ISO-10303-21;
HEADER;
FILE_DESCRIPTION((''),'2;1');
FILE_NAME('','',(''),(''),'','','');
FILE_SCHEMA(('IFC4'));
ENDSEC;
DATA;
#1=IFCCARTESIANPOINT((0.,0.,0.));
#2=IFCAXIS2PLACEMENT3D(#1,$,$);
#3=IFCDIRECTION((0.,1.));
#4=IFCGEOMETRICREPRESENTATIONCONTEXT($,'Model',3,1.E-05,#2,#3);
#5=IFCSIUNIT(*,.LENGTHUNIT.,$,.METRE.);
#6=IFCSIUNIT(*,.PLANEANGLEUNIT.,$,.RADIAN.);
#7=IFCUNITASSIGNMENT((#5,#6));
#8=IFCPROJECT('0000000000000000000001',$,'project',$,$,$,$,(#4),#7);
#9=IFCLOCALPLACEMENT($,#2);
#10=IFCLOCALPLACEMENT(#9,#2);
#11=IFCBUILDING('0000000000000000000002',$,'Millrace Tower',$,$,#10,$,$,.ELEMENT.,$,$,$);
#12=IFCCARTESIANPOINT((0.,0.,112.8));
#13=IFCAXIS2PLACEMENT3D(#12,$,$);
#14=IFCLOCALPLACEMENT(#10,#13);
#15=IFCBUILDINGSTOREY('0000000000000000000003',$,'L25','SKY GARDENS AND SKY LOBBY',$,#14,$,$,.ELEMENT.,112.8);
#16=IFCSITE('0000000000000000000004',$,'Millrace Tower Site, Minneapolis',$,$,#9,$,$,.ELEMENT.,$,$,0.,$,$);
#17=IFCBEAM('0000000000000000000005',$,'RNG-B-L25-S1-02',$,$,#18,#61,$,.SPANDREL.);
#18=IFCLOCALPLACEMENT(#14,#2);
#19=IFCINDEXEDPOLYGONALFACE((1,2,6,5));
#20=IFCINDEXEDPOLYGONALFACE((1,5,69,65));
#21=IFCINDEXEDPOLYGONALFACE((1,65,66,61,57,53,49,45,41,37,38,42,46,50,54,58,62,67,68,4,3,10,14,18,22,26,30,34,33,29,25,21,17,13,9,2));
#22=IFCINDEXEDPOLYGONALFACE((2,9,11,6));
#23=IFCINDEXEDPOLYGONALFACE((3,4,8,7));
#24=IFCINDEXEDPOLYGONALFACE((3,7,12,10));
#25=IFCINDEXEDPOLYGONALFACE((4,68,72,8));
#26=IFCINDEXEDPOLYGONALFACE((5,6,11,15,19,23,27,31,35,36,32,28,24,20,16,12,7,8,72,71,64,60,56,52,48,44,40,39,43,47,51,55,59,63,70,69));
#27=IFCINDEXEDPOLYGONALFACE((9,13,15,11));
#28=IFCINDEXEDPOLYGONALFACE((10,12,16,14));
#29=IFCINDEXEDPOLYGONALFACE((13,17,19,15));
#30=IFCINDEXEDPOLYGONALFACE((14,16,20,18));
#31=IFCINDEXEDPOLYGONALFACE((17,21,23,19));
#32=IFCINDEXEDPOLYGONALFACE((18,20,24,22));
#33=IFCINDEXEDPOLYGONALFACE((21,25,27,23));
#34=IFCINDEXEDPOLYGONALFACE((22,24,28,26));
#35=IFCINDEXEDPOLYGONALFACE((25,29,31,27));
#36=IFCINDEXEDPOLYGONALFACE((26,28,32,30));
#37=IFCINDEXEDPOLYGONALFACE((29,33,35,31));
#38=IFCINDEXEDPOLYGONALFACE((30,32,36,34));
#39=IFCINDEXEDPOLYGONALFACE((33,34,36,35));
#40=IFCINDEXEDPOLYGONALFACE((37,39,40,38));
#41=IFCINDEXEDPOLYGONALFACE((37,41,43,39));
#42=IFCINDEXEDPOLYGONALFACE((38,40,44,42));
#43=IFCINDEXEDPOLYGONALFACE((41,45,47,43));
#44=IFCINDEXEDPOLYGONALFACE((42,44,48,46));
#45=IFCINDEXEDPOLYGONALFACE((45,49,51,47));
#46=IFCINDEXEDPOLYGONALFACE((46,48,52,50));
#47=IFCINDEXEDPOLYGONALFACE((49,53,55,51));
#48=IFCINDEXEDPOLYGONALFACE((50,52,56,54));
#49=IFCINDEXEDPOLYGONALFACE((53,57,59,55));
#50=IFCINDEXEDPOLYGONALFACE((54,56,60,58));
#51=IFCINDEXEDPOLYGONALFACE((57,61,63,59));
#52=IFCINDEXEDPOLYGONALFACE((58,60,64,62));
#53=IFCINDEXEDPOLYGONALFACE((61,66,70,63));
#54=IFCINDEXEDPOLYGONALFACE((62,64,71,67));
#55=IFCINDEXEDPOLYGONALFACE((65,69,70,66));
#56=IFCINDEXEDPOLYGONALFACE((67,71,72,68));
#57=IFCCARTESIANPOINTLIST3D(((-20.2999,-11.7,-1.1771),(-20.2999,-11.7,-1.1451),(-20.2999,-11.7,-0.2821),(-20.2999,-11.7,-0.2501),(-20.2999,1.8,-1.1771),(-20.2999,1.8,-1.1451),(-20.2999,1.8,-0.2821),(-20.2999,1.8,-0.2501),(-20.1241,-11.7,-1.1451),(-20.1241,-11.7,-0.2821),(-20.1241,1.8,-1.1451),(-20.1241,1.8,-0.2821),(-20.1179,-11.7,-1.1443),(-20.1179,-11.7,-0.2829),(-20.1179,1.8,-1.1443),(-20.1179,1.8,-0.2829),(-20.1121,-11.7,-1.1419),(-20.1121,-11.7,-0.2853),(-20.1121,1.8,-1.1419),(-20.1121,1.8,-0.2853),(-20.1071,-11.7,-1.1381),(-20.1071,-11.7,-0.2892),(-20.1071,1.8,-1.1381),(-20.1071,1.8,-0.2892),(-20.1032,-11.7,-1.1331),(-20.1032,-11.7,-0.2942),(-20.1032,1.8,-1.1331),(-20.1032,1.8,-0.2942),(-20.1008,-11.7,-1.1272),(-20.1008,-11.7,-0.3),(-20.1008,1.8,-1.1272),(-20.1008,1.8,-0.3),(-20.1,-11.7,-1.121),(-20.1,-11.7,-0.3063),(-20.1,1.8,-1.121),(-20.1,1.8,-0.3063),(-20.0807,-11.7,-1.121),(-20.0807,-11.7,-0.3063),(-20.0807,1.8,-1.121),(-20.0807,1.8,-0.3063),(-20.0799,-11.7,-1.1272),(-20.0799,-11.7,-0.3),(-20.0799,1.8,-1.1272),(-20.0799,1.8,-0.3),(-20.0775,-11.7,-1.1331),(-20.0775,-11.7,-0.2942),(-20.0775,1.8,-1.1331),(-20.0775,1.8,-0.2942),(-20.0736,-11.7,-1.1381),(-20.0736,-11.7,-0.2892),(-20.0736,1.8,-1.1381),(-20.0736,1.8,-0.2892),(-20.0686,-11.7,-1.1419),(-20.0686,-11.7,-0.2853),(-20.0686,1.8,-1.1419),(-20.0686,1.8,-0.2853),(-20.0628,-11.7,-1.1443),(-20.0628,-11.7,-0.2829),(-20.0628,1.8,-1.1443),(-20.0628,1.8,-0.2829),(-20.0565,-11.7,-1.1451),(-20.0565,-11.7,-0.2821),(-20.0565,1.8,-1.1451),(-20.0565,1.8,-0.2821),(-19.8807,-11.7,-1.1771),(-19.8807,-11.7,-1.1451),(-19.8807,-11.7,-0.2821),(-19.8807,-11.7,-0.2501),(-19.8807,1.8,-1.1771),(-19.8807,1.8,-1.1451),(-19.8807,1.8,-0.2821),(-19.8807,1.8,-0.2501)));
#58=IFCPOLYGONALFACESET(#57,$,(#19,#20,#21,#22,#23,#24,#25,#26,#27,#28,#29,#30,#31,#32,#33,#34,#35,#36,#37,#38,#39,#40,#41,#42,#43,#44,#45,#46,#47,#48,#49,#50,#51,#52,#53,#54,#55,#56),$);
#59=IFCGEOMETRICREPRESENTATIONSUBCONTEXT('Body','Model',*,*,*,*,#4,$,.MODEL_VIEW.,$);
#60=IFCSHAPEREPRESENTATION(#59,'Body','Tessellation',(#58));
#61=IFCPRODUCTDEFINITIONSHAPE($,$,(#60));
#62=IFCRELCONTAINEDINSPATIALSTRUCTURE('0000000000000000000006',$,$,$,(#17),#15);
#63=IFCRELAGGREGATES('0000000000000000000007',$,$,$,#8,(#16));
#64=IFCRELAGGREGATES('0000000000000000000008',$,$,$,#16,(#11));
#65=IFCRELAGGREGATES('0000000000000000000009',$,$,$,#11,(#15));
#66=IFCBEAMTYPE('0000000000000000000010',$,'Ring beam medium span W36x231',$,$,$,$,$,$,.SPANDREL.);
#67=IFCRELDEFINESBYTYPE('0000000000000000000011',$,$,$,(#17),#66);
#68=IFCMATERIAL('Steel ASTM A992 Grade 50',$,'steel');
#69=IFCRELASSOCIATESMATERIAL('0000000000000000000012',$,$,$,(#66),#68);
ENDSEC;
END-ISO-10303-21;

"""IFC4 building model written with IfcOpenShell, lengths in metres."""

from ifc_helpers import new_model, si_unit, direction, frame, origin, origin_2d, place, context, subcontext, project, spatial, i_section, extrude, material, material_profile, profile_set, type_object, element, save


model = new_model("IFC4")

# Units and contexts
model_context = context("Model", 3, precision=1e-05, world=origin(), true_north=direction((0.0, 1.0)))
body_context = subcontext(model_context, "Body", "Model", "MODEL_VIEW")
ifc_project = project(units=[si_unit("LENGTHUNIT", "METRE"), si_unit("PLANEANGLEUNIT", "RADIAN")], contexts=[model_context])

# Site, building, storey
site_placement = place(None, origin())
site = spatial("IfcSite", under=ifc_project, at=site_placement, Name="Millrace Tower Site, Minneapolis", CompositionType="ELEMENT", RefElevation=0.0)
building_placement = place(site_placement, origin())
building = spatial("IfcBuilding", under=site, at=building_placement, Name="Millrace Tower", CompositionType="ELEMENT")
storey_placement = place(building_placement, frame((0.0, 0.0, 112.8)))
storey = spatial("IfcBuildingStorey", under=building, at=storey_placement, Name="L25", Description="SKY GARDENS AND SKY LOBBY", CompositionType="ELEMENT", Elevation=112.8)

# Beam
ifc_material_1 = material(Name="Steel ASTM A992 Grade 50", Category="steel")
ifc_material_profile_1 = material_profile(ifc_material_1, i_section(OverallWidth=0.4192, OverallDepth=0.927, WebThickness=0.0193, FlangeThickness=0.032, FilletRadius=0.0242, at=origin_2d()))
ifc_profile_set_1 = profile_set([ifc_material_profile_1], Name="Steel ASTM A992 Grade 50")
beam_type_1 = type_object("IfcBeamType", Name="Ring beam medium span W36x231", PredefinedType="SPANDREL", material=ifc_profile_set_1)
beam_1_placement = place(storey_placement, frame((-20.0903, -11.7, -0.7136), z_axis=(0.0, 1.0, 0.0), x_axis=(-1.0, 0.0, 0.0)))
element("IfcBeam", 1, at=beam_1_placement, inside=storey, type_object=beam_type_1, Name="RNG-B-L25-S1-02", PredefinedType="SPANDREL", context=body_context, shape_type="SweptSolid", body=[
    extrude(i_section(OverallWidth=0.4192, OverallDepth=0.927, WebThickness=0.0193, FlangeThickness=0.032, FilletRadius=0.0242, at=origin_2d()), origin(), (0.0, 0.0, 1.0), 13.5),
])

save(model, "model.ifc")
